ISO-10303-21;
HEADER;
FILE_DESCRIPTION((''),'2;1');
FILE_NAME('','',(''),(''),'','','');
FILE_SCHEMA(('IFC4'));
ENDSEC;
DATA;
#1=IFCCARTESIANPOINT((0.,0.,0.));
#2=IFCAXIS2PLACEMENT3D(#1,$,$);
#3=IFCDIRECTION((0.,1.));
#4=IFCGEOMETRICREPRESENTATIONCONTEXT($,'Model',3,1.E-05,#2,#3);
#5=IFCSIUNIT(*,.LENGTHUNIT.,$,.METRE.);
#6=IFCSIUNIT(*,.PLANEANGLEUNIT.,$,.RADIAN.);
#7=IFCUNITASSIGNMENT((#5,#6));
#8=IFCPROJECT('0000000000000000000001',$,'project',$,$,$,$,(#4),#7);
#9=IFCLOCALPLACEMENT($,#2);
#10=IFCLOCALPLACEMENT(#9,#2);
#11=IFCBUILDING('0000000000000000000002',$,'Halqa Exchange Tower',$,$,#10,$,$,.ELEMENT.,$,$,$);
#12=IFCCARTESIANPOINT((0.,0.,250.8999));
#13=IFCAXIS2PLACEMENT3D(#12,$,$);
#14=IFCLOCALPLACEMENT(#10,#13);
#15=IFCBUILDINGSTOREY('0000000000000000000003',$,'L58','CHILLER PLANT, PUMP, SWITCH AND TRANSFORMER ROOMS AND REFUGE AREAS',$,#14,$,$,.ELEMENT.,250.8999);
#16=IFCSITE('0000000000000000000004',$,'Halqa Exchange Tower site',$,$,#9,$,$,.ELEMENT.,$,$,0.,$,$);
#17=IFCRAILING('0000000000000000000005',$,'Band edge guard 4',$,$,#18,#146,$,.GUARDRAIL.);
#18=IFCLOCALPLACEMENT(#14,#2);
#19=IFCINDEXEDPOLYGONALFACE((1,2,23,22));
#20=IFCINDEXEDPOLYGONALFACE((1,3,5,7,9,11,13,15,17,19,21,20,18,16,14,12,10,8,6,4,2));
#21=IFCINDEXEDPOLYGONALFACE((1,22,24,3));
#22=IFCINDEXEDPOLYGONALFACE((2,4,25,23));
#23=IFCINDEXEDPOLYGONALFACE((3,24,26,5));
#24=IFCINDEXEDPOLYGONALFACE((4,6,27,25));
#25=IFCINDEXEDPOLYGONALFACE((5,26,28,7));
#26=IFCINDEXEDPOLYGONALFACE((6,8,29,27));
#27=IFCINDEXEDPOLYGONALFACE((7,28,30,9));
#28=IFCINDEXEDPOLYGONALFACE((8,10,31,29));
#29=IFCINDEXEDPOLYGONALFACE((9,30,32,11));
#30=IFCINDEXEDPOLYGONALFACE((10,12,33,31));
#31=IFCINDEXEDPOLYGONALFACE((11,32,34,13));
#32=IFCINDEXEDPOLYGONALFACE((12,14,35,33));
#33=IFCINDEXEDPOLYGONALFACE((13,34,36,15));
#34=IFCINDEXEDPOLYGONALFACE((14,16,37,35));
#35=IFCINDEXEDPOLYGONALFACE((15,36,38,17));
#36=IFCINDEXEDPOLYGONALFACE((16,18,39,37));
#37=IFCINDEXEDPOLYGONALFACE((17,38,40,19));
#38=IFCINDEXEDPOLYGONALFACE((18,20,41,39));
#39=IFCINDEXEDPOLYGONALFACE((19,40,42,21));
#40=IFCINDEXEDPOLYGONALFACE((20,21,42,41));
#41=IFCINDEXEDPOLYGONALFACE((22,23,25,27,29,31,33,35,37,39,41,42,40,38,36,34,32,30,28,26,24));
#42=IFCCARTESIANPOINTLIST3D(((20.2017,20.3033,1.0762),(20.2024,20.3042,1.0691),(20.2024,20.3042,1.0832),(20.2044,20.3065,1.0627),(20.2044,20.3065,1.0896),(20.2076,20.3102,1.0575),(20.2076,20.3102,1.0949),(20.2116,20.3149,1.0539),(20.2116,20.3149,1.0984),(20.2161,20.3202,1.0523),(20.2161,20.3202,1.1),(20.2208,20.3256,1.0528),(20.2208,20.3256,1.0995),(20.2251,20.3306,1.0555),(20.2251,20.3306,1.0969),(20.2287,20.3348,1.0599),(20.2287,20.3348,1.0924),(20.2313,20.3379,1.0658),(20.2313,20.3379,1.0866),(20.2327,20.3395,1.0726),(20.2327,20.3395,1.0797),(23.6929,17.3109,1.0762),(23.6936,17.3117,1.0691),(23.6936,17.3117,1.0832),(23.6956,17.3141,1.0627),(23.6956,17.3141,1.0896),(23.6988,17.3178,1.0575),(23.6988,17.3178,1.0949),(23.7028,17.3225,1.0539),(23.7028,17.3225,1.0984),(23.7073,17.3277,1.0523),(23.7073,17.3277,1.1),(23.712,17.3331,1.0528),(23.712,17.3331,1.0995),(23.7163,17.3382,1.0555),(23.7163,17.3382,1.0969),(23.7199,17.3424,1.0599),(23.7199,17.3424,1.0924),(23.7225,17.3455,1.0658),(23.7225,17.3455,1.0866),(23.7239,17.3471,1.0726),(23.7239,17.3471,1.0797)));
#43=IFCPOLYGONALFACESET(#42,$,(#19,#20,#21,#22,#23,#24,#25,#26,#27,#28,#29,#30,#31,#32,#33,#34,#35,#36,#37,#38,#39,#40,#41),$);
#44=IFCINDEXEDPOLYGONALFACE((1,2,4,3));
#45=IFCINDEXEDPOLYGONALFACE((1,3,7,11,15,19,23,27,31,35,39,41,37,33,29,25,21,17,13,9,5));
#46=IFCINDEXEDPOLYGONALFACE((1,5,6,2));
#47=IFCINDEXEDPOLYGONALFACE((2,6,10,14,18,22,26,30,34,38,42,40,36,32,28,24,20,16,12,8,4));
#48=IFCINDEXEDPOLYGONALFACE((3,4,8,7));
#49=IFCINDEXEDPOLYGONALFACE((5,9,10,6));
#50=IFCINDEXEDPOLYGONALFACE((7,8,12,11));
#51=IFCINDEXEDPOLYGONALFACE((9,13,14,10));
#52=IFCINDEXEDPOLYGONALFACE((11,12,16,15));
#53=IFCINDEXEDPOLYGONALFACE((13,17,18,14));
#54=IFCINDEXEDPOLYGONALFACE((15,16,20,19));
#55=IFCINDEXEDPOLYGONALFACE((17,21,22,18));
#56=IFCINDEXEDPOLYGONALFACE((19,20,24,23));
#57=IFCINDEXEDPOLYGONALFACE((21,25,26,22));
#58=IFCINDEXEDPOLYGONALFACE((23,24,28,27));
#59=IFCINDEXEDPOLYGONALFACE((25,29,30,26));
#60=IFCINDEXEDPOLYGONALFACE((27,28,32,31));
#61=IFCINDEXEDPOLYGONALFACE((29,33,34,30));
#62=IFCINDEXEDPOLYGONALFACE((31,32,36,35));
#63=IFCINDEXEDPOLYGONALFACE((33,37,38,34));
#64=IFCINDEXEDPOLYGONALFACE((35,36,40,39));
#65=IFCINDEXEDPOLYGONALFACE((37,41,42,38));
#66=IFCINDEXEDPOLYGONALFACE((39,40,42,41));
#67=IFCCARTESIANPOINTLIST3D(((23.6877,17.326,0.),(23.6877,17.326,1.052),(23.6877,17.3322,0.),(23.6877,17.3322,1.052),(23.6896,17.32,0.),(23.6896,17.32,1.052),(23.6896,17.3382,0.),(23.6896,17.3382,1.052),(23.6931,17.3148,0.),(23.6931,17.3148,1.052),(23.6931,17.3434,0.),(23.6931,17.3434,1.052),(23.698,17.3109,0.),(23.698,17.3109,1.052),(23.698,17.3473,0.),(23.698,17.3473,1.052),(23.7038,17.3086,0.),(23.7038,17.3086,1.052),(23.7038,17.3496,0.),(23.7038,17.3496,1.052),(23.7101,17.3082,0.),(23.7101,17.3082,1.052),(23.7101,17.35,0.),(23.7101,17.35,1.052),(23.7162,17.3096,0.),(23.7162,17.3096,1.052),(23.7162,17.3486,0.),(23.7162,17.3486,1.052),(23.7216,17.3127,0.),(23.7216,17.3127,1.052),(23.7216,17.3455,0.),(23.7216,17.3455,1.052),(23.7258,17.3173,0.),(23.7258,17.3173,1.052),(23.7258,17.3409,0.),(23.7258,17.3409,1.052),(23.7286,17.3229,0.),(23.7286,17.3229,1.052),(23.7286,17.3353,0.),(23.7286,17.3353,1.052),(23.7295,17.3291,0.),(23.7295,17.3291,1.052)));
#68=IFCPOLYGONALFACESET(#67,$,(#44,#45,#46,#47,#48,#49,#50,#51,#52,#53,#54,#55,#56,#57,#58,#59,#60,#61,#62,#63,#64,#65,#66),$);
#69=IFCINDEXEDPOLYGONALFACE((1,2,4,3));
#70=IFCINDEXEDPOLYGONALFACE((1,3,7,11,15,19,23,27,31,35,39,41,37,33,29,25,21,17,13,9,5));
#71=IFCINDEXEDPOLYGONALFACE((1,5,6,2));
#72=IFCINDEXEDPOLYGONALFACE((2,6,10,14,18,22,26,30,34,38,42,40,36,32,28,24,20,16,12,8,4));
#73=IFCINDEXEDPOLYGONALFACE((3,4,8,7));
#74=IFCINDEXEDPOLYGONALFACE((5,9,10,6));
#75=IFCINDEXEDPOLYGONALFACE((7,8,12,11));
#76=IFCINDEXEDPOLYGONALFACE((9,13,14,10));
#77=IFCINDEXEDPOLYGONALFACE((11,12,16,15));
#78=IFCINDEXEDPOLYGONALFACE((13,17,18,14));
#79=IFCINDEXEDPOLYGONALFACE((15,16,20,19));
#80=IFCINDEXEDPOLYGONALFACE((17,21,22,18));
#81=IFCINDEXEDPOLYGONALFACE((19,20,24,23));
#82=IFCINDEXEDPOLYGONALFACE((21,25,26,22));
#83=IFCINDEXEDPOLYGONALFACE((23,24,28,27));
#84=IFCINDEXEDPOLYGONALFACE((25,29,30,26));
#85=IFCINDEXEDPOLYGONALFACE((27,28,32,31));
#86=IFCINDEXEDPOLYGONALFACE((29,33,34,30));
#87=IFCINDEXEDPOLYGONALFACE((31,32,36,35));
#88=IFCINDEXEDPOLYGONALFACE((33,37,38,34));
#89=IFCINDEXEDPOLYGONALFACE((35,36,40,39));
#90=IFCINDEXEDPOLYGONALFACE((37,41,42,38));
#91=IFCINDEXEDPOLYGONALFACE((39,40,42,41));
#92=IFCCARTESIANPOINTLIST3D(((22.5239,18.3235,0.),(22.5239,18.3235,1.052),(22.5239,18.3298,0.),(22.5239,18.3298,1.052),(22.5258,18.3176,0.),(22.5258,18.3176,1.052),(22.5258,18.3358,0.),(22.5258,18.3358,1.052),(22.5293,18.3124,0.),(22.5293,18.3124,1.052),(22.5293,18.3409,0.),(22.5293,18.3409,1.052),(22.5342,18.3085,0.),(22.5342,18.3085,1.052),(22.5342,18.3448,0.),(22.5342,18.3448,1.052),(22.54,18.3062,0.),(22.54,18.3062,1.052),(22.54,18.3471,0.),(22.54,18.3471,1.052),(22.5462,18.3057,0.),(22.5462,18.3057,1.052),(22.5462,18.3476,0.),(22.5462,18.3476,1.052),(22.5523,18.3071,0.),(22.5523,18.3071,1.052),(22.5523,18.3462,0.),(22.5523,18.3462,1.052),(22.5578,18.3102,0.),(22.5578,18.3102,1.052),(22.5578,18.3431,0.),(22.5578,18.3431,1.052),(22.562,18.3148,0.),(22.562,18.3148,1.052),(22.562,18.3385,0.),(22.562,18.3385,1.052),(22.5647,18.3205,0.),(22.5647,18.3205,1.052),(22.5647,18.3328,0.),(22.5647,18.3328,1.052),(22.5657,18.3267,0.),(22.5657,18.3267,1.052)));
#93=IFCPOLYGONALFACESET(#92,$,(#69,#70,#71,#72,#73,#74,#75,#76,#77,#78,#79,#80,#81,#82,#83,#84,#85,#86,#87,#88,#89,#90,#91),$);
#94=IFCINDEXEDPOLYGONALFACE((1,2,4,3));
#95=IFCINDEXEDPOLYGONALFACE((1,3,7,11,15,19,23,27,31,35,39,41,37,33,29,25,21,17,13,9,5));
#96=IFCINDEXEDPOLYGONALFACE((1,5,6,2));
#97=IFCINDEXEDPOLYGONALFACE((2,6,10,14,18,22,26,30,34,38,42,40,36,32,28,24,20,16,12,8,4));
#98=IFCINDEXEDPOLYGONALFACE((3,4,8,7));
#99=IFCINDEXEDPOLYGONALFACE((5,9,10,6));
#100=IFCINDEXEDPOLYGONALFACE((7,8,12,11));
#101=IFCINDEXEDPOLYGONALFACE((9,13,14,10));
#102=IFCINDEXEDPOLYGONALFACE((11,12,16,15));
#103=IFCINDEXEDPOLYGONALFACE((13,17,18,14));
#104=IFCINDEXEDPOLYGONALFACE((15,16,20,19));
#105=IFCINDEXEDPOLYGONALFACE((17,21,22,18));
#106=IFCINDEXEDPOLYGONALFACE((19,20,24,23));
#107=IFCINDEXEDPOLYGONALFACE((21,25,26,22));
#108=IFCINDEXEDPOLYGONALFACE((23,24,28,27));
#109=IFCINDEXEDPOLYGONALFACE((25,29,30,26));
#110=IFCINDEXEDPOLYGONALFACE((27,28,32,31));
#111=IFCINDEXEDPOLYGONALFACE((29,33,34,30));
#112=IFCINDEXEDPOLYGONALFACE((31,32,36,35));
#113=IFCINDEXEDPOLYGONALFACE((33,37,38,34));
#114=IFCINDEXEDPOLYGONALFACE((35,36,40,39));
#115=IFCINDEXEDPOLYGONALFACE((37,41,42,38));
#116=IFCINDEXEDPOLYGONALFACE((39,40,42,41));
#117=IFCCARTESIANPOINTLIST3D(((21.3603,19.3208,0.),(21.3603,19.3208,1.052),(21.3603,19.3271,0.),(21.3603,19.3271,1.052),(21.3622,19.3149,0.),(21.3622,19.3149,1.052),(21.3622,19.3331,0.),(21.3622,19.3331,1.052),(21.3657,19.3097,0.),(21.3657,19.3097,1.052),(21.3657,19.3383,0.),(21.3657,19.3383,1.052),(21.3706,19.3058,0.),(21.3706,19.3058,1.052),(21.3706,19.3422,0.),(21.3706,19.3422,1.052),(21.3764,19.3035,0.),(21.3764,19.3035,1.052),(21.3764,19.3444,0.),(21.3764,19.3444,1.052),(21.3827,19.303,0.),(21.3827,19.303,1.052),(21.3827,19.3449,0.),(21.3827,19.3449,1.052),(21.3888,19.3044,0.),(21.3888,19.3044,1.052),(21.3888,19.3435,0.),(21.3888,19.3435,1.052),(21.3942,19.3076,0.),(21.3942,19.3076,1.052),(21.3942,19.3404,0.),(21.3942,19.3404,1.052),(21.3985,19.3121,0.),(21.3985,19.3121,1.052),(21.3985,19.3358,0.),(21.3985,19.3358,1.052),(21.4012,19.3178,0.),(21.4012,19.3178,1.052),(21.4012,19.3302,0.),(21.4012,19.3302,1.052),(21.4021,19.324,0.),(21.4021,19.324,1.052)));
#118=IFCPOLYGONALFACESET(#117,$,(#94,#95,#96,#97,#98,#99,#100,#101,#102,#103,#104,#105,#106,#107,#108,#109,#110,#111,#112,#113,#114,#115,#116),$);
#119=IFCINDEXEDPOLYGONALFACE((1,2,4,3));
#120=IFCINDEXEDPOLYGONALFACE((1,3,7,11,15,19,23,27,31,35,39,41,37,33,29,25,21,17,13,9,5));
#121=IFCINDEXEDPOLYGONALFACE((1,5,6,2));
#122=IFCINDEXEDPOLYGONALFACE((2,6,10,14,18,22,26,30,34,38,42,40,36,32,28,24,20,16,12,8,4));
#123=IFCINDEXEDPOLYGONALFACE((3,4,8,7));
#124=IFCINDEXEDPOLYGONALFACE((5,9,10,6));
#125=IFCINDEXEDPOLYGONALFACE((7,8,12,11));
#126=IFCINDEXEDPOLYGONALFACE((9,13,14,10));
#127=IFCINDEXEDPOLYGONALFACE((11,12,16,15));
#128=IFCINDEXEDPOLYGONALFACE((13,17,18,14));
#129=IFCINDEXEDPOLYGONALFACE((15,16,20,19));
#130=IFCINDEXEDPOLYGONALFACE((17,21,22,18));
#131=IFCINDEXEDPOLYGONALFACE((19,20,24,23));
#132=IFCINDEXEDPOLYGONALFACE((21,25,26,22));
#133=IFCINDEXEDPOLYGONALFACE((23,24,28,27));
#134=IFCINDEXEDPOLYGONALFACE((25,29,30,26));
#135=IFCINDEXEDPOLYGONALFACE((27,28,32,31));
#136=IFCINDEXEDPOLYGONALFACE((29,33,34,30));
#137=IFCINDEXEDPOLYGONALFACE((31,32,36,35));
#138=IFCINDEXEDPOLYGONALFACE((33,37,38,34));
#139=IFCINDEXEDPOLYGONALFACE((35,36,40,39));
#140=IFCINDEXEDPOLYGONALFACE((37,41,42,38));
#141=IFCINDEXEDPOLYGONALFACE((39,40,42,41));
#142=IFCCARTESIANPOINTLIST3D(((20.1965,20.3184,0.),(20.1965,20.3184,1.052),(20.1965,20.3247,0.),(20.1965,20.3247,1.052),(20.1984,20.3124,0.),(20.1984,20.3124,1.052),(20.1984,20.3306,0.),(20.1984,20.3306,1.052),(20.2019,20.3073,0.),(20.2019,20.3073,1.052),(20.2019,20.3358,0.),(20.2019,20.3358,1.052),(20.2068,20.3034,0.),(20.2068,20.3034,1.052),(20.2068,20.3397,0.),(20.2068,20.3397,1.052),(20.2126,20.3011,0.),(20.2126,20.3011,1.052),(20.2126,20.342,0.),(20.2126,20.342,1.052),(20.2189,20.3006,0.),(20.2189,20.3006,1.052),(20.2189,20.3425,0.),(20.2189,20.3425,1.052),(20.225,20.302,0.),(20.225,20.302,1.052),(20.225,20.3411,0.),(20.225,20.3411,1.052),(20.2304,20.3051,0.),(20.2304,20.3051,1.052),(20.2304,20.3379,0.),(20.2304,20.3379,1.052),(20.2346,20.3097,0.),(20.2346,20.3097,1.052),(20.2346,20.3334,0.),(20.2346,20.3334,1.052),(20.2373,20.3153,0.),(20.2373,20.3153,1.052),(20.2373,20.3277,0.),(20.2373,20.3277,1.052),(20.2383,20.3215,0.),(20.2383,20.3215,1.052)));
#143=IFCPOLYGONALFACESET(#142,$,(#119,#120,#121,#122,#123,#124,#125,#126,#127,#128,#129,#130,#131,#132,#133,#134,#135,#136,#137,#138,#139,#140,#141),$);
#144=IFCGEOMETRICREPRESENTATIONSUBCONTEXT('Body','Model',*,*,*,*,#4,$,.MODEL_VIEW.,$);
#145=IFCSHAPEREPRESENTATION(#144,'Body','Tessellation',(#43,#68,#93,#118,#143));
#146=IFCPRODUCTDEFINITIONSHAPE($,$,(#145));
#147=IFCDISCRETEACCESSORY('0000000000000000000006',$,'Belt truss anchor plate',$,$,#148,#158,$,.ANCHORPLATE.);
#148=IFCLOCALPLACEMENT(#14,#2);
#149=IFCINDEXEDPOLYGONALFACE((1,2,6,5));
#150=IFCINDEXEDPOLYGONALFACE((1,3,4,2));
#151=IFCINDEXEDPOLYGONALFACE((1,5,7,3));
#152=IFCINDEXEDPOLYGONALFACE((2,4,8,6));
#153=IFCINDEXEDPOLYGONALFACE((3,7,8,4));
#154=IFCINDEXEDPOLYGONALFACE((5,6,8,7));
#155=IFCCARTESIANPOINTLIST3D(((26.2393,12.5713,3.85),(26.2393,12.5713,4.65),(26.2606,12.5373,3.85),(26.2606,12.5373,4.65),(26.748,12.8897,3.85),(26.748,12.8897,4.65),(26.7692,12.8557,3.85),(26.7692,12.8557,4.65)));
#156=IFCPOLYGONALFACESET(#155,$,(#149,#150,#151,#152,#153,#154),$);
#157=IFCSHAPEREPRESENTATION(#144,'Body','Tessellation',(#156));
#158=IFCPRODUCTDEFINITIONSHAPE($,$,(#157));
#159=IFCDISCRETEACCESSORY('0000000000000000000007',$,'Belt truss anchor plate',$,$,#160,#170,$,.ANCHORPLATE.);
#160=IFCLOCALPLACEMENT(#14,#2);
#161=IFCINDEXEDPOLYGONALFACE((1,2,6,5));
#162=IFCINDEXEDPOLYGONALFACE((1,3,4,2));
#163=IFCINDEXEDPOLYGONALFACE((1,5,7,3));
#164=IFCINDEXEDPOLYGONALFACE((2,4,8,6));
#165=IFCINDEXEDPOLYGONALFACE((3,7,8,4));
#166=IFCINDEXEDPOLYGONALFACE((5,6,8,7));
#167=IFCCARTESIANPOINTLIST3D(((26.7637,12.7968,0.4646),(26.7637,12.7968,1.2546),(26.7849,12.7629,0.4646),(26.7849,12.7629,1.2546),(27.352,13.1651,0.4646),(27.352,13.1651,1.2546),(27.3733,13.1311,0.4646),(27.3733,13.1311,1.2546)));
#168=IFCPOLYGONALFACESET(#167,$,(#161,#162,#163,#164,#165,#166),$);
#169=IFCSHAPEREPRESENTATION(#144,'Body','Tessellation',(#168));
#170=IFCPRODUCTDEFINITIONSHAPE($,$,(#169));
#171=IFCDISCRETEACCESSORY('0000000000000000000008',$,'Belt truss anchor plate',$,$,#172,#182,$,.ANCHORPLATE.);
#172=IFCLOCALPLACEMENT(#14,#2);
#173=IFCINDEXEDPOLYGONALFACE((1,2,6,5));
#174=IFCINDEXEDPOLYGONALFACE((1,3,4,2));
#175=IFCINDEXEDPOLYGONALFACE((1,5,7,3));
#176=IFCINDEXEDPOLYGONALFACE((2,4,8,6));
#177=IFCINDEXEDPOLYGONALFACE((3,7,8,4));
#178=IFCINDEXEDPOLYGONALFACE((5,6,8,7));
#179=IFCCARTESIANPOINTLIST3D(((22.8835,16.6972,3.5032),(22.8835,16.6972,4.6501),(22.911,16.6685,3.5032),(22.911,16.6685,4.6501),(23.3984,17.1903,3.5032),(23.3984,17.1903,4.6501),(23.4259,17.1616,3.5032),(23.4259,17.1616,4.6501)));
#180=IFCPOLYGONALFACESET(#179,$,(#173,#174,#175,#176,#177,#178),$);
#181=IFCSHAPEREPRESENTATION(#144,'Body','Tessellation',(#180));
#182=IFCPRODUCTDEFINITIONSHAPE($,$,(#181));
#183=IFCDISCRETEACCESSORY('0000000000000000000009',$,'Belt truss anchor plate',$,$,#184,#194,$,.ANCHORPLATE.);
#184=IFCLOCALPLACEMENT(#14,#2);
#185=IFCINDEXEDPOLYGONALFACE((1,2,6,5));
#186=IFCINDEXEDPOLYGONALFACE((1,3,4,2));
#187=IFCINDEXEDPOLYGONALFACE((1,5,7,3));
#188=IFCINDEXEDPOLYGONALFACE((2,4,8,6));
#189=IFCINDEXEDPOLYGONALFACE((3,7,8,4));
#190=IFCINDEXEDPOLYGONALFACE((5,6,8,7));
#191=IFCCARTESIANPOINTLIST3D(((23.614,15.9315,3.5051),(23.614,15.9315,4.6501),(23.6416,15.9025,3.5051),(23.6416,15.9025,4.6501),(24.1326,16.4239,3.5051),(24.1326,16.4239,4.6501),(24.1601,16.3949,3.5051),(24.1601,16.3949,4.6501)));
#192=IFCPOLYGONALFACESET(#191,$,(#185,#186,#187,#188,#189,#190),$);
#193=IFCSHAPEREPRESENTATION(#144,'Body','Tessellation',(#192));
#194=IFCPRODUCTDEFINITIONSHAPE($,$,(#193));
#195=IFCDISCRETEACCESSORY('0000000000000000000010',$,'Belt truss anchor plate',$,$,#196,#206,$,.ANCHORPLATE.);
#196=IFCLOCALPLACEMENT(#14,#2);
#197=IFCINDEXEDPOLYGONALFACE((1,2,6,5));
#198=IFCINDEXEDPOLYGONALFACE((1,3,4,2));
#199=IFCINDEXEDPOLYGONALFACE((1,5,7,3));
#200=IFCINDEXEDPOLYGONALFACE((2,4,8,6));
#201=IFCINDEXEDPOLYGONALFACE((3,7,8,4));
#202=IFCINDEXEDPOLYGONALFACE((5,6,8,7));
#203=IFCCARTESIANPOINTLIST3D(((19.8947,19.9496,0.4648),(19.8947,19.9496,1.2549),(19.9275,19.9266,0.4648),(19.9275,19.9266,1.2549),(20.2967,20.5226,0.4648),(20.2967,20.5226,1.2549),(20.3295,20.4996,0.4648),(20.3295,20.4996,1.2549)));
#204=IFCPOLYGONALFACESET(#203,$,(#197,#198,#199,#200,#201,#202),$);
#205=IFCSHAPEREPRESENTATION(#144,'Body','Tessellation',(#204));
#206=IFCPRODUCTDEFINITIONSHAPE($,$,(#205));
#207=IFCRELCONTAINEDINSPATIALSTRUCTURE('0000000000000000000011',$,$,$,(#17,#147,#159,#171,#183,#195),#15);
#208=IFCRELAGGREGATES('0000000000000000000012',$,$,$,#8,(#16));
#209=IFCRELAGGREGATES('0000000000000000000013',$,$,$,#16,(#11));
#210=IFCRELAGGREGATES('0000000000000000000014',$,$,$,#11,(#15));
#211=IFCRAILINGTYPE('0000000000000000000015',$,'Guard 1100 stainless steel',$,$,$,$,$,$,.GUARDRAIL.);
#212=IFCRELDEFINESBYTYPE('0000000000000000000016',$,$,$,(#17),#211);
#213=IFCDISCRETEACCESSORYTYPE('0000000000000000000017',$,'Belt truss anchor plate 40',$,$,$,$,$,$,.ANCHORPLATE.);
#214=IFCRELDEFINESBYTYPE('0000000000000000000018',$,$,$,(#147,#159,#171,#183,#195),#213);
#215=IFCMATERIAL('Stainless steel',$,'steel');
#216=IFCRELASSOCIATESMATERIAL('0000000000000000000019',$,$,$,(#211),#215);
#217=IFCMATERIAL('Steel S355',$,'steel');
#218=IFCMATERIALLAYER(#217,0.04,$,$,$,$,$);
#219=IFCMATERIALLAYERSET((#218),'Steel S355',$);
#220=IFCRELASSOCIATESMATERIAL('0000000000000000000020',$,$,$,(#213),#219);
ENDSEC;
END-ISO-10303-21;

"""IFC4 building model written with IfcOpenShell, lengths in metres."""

from ifc_helpers import new_model, si_unit, direction, frame, origin, origin_2d, place, context, subcontext, project, spatial, rectangle, circle, extrude, material, layer, layer_set, type_object, element, save


model = new_model("IFC4")

# Units and contexts
model_context = context("Model", 3, precision=1e-05, world=origin(), true_north=direction((0.0, 1.0)))
body_context = subcontext(model_context, "Body", "Model", "MODEL_VIEW")
ifc_project = project(units=[si_unit("LENGTHUNIT", "METRE"), si_unit("PLANEANGLEUNIT", "RADIAN")], contexts=[model_context])

# Site, building, storey
site_placement = place(None, origin())
site = spatial("IfcSite", under=ifc_project, at=site_placement, Name="Halqa Exchange Tower site", CompositionType="ELEMENT", RefElevation=0.0)
building_placement = place(site_placement, origin())
building = spatial("IfcBuilding", under=site, at=building_placement, Name="Halqa Exchange Tower", CompositionType="ELEMENT")
storey_placement = place(building_placement, frame((0.0, 0.0, 250.8999)))
storey = spatial("IfcBuildingStorey", under=building, at=storey_placement, Name="L58", Description="CHILLER PLANT, PUMP, SWITCH AND TRANSFORMER ROOMS AND REFUGE AREAS", CompositionType="ELEMENT", Elevation=250.8999)

# Shared definitions
ifc_material_1 = material(Name="Steel S355", Category="steel")

# Railing
ifc_material_2 = material(Name="Stainless steel", Category="steel")
railing_type = type_object("IfcRailingType", Name="Guard 1100 stainless steel", PredefinedType="GUARDRAIL", material=ifc_material_2)
railing_1_placement = place(storey_placement, frame((23.7085, 17.3291, 0.0)))
element("IfcRailing", 1, at=railing_1_placement, inside=storey, type_object=railing_type, Name="Band edge guard 4", PredefinedType="GUARDRAIL", context=body_context, shape_type="SweptSolid", body=[
    extrude(circle(Radius=0.0239, at=origin_2d()), frame((0.0, 0.0, 1.0762), z_axis=(-0.75926, 0.650787, 0.0), x_axis=(-0.650787, -0.75926, 0.0)), (0.0, 0.0, 1.0), 4.5981),
    extrude(circle(Radius=0.021, at=origin_2d()), origin(), (0.0, 0.0, 1.0), 1.052),
    extrude(circle(Radius=0.021, at=origin_2d()), frame((-1.1638, 0.9976, 0.0)), (0.0, 0.0, 1.0), 1.052),
    extrude(circle(Radius=0.021, at=origin_2d()), frame((-2.3274, 1.9949, 0.0)), (0.0, 0.0, 1.0), 1.052),
    extrude(circle(Radius=0.021, at=origin_2d()), frame((-3.4912, 2.9924, 0.0)), (0.0, 0.0, 1.0), 1.052),
])

# Discrete accessories
ifc_layer_1 = layer(ifc_material_1, 0.04)
ifc_layer_set_1 = layer_set([ifc_layer_1], Name="Steel S355")
discrete_accessory_type = type_object("IfcDiscreteAccessoryType", Name="Belt truss anchor plate 40", PredefinedType="ANCHORPLATE", material=ifc_layer_set_1)
discrete_accessory_1_placement = place(storey_placement, frame((26.5149, 12.6965, 4.25), z_axis=(-0.530547, 0.847656, 0.0), x_axis=(-0.847656, -0.530547, 0.0)))
element("IfcDiscreteAccessory", 2, at=discrete_accessory_1_placement, inside=storey, type_object=discrete_accessory_type, Name="Belt truss anchor plate", PredefinedType="ANCHORPLATE", context=body_context, shape_type="SweptSolid", body=[
    extrude(rectangle(XDim=0.6001, YDim=0.8, at=origin_2d()), origin(), (0.0, 0.0, 1.0), 0.04),
])
discrete_accessory_2_placement = place(storey_placement, frame((27.0791, 12.947, 0.8596), z_axis=(-0.530547, 0.847656, 0.0), x_axis=(-0.847656, -0.530547, 0.0)))
element("IfcDiscreteAccessory", 3, at=discrete_accessory_2_placement, inside=storey, type_object=discrete_accessory_type, Name="Belt truss anchor plate", PredefinedType="ANCHORPLATE", context=body_context, shape_type="SweptSolid", body=[
    extrude(rectangle(XDim=0.6941, YDim=0.79, at=origin_2d()), origin(), (0.0, 0.0, 1.0), 0.04),
])
discrete_accessory_3_placement = place(storey_placement, frame((23.1685, 16.915, 4.0767), z_axis=(-0.691639, 0.722243, 0.0), x_axis=(-0.722243, -0.691639, 0.0)))
element("IfcDiscreteAccessory", 4, at=discrete_accessory_3_placement, inside=storey, type_object=discrete_accessory_type, Name="Belt truss anchor plate", PredefinedType="ANCHORPLATE", context=body_context, shape_type="SweptSolid", body=[
    extrude(rectangle(XDim=0.7129, YDim=1.147, at=origin_2d()), origin(), (0.0, 0.0, 1.0), 0.0398),
])
discrete_accessory_4_placement = place(storey_placement, frame((23.8733, 16.1777, 4.0776), z_axis=(0.688589, -0.725152, 0.0), x_axis=(0.725152, 0.688589, 0.0)))
element("IfcDiscreteAccessory", 5, at=discrete_accessory_4_placement, inside=storey, type_object=discrete_accessory_type, Name="Belt truss anchor plate", PredefinedType="ANCHORPLATE", context=body_context, shape_type="SweptSolid", body=[
    extrude(rectangle(XDim=0.7151, YDim=1.145, at=origin_2d()), origin(), (0.0, 0.0, 1.0), 0.04),
])
discrete_accessory_5_placement = place(storey_placement, frame((20.0957, 20.2361, 0.8599), z_axis=(0.818657, -0.574282, 0.0), x_axis=(0.574282, 0.818657, 0.0)))
element("IfcDiscreteAccessory", 6, at=discrete_accessory_5_placement, inside=storey, type_object=discrete_accessory_type, Name="Belt truss anchor plate", PredefinedType="ANCHORPLATE", context=body_context, shape_type="SweptSolid", body=[
    extrude(rectangle(XDim=0.7, YDim=0.79, at=origin_2d()), origin(), (0.0, 0.0, 1.0), 0.04),
])

save(model, "model.ifc")
